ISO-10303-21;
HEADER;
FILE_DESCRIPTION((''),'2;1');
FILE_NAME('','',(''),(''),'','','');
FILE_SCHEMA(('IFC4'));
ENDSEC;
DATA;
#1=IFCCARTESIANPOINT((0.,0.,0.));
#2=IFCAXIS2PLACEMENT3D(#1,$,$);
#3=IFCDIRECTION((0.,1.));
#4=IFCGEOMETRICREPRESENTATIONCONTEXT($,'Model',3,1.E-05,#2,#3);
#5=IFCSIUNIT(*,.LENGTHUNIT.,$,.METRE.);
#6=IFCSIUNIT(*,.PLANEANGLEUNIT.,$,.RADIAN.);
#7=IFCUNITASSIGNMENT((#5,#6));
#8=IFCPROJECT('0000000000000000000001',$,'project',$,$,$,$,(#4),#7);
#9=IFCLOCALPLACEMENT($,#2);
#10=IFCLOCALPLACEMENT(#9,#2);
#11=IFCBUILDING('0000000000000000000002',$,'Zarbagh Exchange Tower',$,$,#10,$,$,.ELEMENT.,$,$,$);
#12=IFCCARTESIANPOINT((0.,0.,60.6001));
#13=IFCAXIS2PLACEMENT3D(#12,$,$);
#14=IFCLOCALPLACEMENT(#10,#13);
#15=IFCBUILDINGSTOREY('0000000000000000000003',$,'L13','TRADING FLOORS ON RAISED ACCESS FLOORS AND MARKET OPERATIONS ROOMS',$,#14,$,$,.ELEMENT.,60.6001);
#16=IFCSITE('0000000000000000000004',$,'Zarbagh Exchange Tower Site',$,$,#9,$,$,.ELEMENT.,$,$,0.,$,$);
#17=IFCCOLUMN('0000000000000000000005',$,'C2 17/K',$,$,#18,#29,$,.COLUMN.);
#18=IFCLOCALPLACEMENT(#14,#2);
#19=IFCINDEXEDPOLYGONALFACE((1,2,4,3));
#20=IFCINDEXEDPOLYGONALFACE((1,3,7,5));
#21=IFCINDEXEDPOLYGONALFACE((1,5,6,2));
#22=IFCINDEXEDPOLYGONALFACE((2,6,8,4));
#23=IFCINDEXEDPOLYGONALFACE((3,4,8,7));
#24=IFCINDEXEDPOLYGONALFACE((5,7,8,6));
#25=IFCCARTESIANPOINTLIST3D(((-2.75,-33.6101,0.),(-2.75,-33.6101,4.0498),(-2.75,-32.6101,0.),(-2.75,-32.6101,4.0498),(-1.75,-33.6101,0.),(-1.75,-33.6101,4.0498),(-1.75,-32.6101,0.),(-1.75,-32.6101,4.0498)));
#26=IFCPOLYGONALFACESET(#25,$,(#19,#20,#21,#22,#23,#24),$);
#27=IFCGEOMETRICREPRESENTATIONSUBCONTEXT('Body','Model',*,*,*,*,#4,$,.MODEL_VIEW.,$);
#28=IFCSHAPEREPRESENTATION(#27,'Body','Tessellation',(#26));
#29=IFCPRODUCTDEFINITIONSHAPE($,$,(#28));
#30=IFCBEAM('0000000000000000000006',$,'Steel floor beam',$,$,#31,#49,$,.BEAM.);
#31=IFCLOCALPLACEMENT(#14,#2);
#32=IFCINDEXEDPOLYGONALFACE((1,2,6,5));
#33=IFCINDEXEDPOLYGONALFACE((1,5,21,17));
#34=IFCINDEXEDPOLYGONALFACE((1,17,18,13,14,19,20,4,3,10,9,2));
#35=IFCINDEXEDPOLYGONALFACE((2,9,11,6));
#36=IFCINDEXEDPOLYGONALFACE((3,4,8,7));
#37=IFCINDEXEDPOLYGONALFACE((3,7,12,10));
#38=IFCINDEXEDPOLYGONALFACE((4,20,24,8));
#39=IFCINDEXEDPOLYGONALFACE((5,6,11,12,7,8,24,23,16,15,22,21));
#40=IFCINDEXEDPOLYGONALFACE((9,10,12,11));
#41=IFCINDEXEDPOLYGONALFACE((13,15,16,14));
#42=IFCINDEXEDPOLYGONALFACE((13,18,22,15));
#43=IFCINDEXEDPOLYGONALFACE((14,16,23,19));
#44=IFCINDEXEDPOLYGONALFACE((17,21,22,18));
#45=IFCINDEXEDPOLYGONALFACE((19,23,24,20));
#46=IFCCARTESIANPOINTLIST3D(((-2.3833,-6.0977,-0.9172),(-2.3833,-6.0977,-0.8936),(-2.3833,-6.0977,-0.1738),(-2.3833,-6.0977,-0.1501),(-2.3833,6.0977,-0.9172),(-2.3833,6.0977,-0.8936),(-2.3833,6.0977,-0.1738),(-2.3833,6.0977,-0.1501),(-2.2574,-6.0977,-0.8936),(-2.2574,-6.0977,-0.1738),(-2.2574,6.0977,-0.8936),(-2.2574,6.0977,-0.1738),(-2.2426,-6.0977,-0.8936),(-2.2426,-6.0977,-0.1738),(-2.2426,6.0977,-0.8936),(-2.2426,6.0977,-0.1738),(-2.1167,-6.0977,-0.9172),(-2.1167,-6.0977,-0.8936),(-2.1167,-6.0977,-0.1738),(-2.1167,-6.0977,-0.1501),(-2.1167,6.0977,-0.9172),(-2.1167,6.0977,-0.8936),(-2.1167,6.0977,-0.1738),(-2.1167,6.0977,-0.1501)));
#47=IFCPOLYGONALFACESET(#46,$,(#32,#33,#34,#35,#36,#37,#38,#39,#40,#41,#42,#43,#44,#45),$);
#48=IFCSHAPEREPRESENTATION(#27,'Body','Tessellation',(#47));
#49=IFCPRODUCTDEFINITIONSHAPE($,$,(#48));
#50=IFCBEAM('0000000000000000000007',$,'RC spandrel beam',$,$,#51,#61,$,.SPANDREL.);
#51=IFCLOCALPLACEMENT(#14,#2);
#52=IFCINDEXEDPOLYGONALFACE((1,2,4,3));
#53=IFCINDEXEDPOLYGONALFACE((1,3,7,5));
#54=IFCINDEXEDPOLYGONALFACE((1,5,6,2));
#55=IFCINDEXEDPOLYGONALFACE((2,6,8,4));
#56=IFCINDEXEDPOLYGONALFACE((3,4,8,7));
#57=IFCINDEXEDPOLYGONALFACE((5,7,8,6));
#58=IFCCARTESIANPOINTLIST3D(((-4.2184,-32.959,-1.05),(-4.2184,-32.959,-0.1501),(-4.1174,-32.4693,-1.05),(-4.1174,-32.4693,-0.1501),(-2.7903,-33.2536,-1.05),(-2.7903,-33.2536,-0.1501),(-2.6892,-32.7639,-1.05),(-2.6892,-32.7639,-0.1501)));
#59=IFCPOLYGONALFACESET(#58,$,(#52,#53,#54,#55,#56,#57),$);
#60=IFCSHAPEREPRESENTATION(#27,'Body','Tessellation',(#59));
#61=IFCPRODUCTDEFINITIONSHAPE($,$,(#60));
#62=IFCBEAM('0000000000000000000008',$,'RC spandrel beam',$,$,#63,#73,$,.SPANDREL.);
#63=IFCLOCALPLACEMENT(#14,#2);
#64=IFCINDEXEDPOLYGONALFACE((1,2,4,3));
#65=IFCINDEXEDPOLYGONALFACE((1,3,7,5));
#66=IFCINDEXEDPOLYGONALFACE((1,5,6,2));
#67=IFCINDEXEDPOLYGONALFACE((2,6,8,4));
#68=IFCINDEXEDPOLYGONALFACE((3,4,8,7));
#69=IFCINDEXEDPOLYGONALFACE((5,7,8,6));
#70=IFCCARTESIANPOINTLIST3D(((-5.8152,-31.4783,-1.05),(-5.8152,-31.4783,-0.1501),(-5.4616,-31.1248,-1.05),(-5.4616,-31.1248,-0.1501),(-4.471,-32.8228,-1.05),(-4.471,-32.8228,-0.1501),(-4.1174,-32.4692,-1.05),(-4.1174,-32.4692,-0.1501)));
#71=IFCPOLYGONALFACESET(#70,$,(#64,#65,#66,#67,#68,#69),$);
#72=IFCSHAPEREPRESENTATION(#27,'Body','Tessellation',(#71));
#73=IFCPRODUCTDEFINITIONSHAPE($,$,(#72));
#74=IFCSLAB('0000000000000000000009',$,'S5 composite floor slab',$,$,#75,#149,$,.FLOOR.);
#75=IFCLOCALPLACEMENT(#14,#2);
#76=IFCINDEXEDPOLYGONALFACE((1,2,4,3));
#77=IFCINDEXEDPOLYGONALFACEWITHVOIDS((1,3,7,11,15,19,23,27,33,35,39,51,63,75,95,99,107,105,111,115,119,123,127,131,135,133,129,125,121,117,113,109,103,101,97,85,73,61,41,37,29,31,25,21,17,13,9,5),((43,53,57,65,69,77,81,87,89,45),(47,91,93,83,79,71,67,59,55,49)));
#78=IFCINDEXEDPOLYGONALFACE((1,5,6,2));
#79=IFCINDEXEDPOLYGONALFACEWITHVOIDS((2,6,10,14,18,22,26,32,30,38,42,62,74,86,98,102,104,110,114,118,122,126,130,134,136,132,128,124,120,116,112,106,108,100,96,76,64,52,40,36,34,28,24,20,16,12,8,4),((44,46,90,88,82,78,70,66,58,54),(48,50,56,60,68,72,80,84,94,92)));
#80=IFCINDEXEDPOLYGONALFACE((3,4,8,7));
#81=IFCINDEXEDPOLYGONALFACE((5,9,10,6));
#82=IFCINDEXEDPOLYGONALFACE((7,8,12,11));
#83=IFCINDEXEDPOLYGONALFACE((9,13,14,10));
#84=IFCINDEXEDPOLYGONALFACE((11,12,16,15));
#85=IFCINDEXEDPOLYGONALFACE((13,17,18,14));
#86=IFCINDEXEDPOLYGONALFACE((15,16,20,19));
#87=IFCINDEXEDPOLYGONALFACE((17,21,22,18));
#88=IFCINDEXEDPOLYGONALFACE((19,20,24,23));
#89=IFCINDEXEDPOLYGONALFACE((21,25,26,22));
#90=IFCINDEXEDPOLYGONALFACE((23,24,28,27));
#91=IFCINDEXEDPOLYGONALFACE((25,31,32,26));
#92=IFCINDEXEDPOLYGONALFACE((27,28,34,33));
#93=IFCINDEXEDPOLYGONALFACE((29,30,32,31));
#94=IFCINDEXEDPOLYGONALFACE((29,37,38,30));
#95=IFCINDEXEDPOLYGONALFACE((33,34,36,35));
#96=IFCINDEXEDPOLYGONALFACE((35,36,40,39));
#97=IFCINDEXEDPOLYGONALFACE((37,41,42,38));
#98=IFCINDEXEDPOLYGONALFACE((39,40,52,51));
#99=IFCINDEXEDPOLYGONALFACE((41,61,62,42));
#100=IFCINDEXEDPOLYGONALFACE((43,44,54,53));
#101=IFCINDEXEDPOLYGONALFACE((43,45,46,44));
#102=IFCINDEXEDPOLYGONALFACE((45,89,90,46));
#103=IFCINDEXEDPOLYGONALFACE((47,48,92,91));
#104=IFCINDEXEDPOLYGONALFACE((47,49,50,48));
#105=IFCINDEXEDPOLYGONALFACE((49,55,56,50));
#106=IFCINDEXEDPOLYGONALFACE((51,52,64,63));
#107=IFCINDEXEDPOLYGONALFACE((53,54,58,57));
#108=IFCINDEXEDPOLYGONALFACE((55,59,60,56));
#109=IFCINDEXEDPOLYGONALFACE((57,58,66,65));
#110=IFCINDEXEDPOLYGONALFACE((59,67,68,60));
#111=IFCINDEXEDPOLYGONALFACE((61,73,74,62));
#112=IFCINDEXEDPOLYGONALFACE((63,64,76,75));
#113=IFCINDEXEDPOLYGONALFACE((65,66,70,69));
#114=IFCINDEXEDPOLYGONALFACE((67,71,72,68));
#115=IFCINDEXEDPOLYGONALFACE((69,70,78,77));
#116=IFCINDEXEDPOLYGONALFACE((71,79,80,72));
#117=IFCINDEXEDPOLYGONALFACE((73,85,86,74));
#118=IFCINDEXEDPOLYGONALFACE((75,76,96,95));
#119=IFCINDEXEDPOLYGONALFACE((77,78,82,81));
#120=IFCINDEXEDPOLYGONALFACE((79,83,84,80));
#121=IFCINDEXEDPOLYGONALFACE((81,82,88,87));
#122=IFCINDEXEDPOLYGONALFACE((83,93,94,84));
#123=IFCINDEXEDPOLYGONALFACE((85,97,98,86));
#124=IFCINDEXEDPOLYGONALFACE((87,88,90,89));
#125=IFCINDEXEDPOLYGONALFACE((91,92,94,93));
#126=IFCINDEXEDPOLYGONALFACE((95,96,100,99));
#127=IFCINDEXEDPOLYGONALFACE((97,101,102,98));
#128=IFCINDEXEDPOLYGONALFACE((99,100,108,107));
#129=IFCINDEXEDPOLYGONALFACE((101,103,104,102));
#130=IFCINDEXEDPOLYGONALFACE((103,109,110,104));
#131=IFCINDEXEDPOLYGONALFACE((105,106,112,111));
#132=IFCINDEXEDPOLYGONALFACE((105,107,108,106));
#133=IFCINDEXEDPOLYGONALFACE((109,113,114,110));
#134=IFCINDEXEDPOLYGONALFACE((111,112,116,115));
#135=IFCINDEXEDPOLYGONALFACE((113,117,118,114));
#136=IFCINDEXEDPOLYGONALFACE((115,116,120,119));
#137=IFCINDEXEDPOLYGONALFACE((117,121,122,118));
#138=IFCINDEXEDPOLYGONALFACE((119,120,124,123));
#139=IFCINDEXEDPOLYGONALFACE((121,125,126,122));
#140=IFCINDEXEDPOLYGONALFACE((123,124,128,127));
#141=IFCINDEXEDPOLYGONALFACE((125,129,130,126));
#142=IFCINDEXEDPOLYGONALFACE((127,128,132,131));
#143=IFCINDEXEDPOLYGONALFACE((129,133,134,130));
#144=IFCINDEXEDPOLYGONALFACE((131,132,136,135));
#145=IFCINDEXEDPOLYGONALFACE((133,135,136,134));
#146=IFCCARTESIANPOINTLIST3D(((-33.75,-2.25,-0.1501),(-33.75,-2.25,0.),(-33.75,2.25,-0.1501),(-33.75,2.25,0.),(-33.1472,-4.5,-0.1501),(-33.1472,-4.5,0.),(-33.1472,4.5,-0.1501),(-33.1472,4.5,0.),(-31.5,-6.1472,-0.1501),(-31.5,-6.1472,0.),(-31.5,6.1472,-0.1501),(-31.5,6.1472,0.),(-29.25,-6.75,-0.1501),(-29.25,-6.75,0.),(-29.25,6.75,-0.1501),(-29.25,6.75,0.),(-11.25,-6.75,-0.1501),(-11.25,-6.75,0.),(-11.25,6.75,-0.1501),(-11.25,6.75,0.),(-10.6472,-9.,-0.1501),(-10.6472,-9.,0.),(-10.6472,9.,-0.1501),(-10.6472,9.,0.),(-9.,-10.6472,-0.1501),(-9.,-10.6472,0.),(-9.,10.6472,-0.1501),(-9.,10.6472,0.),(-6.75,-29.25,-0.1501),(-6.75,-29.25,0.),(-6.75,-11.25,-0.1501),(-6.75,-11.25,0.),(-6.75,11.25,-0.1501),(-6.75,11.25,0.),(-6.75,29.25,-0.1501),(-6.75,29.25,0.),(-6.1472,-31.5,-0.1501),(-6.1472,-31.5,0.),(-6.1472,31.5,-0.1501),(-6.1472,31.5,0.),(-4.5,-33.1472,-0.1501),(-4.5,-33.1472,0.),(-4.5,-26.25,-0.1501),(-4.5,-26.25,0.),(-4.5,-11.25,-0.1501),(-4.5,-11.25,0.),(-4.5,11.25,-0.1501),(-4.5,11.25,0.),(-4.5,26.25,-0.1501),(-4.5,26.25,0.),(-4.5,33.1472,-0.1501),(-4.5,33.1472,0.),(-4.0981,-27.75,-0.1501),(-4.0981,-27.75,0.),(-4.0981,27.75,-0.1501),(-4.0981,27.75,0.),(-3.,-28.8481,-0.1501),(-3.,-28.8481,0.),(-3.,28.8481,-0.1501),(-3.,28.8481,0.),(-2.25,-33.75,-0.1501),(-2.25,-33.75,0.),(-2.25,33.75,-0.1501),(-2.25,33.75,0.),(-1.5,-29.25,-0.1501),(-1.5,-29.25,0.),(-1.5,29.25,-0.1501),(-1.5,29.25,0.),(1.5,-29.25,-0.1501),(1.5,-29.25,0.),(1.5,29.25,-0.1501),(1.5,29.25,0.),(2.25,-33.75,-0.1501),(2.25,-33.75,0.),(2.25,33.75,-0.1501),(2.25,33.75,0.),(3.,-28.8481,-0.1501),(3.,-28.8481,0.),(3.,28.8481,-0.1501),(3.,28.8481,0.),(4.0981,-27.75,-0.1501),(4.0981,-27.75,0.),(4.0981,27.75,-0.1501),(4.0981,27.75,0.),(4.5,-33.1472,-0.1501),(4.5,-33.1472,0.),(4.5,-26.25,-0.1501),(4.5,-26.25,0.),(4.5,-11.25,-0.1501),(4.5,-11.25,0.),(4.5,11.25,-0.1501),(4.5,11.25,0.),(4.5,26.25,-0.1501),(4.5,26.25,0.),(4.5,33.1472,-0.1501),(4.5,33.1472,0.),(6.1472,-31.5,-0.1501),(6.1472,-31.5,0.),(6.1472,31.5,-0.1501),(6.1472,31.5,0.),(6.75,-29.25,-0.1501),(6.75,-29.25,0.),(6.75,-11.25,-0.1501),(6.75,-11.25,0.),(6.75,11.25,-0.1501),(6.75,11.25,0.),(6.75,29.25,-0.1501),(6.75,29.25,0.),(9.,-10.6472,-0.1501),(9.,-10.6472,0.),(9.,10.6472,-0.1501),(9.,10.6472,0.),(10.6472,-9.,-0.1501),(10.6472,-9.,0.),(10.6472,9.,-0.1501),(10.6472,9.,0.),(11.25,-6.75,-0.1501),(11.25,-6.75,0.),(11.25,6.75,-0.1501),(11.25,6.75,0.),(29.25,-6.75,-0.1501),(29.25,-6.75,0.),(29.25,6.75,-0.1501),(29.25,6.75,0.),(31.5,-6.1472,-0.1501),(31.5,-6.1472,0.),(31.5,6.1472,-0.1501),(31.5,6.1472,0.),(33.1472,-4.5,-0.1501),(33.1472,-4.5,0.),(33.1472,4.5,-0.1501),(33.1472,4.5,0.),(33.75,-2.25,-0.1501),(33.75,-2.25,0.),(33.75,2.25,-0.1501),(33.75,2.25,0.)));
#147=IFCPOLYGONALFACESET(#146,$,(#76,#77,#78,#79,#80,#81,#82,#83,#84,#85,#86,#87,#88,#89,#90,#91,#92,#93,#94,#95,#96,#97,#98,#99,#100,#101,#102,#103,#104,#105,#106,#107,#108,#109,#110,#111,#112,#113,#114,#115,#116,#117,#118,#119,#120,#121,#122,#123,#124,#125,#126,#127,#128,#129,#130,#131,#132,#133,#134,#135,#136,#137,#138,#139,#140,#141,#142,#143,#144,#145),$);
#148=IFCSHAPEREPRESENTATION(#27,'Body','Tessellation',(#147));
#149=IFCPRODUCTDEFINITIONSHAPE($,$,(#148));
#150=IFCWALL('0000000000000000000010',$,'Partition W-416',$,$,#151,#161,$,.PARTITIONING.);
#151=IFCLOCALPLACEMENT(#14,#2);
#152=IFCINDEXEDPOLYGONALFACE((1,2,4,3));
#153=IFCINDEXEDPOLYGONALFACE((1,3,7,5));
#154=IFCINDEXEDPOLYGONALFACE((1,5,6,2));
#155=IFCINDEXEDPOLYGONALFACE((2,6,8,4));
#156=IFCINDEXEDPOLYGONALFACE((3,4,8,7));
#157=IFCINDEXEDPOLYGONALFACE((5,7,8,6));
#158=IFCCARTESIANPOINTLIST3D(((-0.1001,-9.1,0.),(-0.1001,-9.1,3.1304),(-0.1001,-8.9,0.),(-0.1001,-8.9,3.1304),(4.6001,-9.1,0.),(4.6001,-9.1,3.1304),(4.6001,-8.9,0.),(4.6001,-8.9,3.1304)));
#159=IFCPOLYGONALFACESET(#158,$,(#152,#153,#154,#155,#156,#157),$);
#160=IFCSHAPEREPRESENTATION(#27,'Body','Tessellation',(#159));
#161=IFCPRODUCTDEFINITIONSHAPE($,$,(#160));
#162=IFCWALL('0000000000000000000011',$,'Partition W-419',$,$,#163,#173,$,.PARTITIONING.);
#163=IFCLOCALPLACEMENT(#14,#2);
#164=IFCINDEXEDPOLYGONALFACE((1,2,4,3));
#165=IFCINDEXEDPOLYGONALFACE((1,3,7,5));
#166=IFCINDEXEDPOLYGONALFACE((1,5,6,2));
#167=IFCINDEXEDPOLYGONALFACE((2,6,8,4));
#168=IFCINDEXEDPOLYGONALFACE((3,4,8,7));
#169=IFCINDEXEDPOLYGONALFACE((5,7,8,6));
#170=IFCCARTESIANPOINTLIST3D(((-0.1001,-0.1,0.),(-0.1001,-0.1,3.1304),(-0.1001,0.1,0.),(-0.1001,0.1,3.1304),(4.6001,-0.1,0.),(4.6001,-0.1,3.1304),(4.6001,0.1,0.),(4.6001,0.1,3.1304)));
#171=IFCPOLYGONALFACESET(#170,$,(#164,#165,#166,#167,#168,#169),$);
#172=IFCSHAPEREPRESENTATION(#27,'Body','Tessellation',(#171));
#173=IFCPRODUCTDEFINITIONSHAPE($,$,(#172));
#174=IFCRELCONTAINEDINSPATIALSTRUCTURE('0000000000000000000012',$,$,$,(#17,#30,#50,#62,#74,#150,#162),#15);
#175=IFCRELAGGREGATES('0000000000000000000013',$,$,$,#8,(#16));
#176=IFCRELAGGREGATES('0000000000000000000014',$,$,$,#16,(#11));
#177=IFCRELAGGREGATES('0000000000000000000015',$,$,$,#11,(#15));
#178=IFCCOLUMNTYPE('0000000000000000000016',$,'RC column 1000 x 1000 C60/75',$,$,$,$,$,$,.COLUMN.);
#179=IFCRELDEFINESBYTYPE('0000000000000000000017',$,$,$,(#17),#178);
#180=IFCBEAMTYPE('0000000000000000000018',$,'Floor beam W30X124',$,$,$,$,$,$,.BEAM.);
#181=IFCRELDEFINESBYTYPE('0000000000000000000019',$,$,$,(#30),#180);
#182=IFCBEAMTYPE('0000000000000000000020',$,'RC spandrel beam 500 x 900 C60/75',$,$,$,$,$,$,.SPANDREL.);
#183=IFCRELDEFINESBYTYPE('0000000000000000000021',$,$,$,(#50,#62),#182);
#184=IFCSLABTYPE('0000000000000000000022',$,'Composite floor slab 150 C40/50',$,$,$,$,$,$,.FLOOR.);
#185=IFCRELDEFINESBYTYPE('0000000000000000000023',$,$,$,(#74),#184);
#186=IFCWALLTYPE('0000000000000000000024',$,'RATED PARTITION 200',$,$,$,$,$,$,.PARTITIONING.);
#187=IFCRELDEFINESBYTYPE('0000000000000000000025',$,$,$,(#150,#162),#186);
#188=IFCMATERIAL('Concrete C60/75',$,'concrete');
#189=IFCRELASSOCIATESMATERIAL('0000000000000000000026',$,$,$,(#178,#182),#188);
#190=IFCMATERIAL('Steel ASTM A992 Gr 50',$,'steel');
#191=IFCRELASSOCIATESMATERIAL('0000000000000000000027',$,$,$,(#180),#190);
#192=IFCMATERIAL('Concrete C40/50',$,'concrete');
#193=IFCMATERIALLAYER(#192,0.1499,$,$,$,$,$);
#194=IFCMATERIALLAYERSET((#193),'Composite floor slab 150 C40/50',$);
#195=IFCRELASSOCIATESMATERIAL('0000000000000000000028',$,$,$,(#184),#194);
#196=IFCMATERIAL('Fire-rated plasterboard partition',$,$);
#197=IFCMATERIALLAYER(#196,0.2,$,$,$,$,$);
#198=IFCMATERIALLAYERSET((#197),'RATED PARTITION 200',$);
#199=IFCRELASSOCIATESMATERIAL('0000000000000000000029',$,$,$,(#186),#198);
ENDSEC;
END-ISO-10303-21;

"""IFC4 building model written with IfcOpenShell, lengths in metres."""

from ifc_helpers import new_model, si_unit, direction, frame, frame_2d, origin, origin_2d, place, context, subcontext, project, spatial, polyline, rectangle, i_section, outline, extrude, material, layer, layer_set, material_profile, profile_set, type_object, element, save


model = new_model("IFC4")

# Units and contexts
model_context = context("Model", 3, precision=1e-05, world=origin(), true_north=direction((0.0, 1.0)))
body_context = subcontext(model_context, "Body", "Model", "MODEL_VIEW")
ifc_project = project(units=[si_unit("LENGTHUNIT", "METRE"), si_unit("PLANEANGLEUNIT", "RADIAN")], contexts=[model_context])

# Site, building, storey
site_placement = place(None, origin())
site = spatial("IfcSite", under=ifc_project, at=site_placement, Name="Zarbagh Exchange Tower Site", CompositionType="ELEMENT", RefElevation=0.0)
building_placement = place(site_placement, origin())
building = spatial("IfcBuilding", under=site, at=building_placement, Name="Zarbagh Exchange Tower", CompositionType="ELEMENT")
storey_placement = place(building_placement, frame((0.0, 0.0, 60.6001)))
storey = spatial("IfcBuildingStorey", under=building, at=storey_placement, Name="L13", Description="TRADING FLOORS ON RAISED ACCESS FLOORS AND MARKET OPERATIONS ROOMS", CompositionType="ELEMENT", Elevation=60.6001)

# Column
ifc_material_1 = material(Name="Concrete C60/75", Category="concrete")
ifc_material_profile_1 = material_profile(ifc_material_1, rectangle(XDim=1.0, YDim=1.0, at=origin_2d()), Name="RC column 1000 x 1000 C60/75")
ifc_profile_set_1 = profile_set([ifc_material_profile_1], Name="Concrete C60/75")
column_type = type_object("IfcColumnType", Name="RC column 1000 x 1000 C60/75", PredefinedType="COLUMN", material=ifc_profile_set_1)
column_placement = place(storey_placement, frame((-2.25, -33.1101, 0.0), z_axis=(0.0, 0.0, 1.0), x_axis=(1.0, 0.0, 0.0)))
element("IfcColumn", 1, at=column_placement, inside=storey, type_object=column_type, Name="C2 17/K", PredefinedType="COLUMN", context=body_context, shape_type="SweptSolid", body=[
    extrude(rectangle(XDim=1.0, YDim=1.0, at=origin_2d()), origin(), (0.0, 0.0, 1.0), 4.0498),
])

# Beams
ifc_material_2 = material(Name="Steel ASTM A992 Gr 50", Category="steel")
ifc_material_profile_2 = material_profile(ifc_material_2, i_section(OverallWidth=0.2666, OverallDepth=0.7671, WebThickness=0.0149, FlangeThickness=0.0237, at=origin_2d()), Name="W30X124")
ifc_profile_set_2 = profile_set([ifc_material_profile_2], Name="Steel ASTM A992 Gr 50")
beam_type_1 = type_object("IfcBeamType", Name="Floor beam W30X124", PredefinedType="BEAM", material=ifc_profile_set_2)
beam_1_placement = place(storey_placement, frame((-2.25, -6.0977, -0.5337), z_axis=(0.0, 1.0, 0.0), x_axis=(-1.0, 0.0, 0.0)))
element("IfcBeam", 2, at=beam_1_placement, inside=storey, type_object=beam_type_1, Name="Steel floor beam", PredefinedType="BEAM", context=body_context, shape_type="SweptSolid", body=[
    extrude(i_section(OverallWidth=0.2666, OverallDepth=0.7671, WebThickness=0.0149, FlangeThickness=0.0237, at=origin_2d()), origin(), (0.0, 0.0, 1.0), 12.1953),
])
ifc_material_profile_3 = material_profile(ifc_material_1, rectangle(XDim=0.5, YDim=0.8999, at=origin_2d()), Name="RC spandrel beam 500 x 900 C60/75")
ifc_profile_set_3 = profile_set([ifc_material_profile_3], Name="Concrete C60/75")
beam_type_2 = type_object("IfcBeamType", Name="RC spandrel beam 500 x 900 C60/75", PredefinedType="SPANDREL", material=ifc_profile_set_3)
beam_2_placement = place(storey_placement, frame((-2.7397, -33.0088, -0.6001), z_axis=(-0.979371, 0.202069, 0.0), x_axis=(-0.202069, -0.979371, 0.0)))
element("IfcBeam", 3, at=beam_2_placement, inside=storey, type_object=beam_type_2, Name="RC spandrel beam", PredefinedType="SPANDREL", context=body_context, shape_type="SweptSolid", body=[
    extrude(rectangle(XDim=0.5, YDim=0.8999, at=origin_2d()), origin(), (0.0, 0.0, 1.0), 1.4583),
])
beam_3_placement = place(storey_placement, frame((-4.2942, -32.646, -0.6001), z_axis=(-0.707043, 0.707171, 0.0), x_axis=(-0.707171, -0.707043, 0.0)))
element("IfcBeam", 4, at=beam_3_placement, inside=storey, type_object=beam_type_2, Name="RC spandrel beam", PredefinedType="SPANDREL", context=body_context, shape_type="SweptSolid", body=[
    extrude(rectangle(XDim=0.5, YDim=0.8999, at=origin_2d()), origin(), (0.0, 0.0, 1.0), 1.9011),
])

# Slab
ifc_material_3 = material(Name="Concrete C40/50", Category="concrete")
ifc_layer_1 = layer(ifc_material_3, 0.1499)
ifc_layer_set_1 = layer_set([ifc_layer_1], Name="Composite floor slab 150 C40/50")
slab_type = type_object("IfcSlabType", Name="Composite floor slab 150 C40/50", PredefinedType="FLOOR", material=ifc_layer_set_1)
slab_placement = place(storey_placement, frame((0.0, 0.0, -0.1501)))
element("IfcSlab", 5, at=slab_placement, inside=storey, type_object=slab_type, Name="S5 composite floor slab", PredefinedType="FLOOR", context=body_context, shape_type="SweptSolid", body=[
    extrude(outline(polyline([(-2.25, -33.75), (-4.5, -33.1472), (-6.1472, -31.5), (-6.75, -29.25), (-6.75, -11.25), (-9.0, -10.6472), (-10.6472, -9.0), (-11.25, -6.75), (-29.25, -6.75), (-31.5, -6.1472), (-33.1472, -4.5), (-33.75, -2.25), (-33.75, 2.25), (-33.1472, 4.5), (-31.5, 6.1472), (-29.25, 6.75), (-11.25, 6.75), (-10.6472, 9.0), (-9.0, 10.6472), (-6.75, 11.25), (-6.75, 29.25), (-6.1472, 31.5), (-4.5, 33.1472), (-2.25, 33.75), (2.25, 33.75), (4.5, 33.1472), (6.1472, 31.5), (6.75, 29.25), (6.75, 11.25), (9.0, 10.6472), (10.6472, 9.0), (11.25, 6.75), (29.25, 6.75), (31.5, 6.1472), (33.1472, 4.5), (33.75, 2.25), (33.75, -2.25), (33.1472, -4.5), (31.5, -6.1472), (29.25, -6.75), (11.25, -6.75), (10.6472, -9.0), (9.0, -10.6472), (6.75, -11.25), (6.75, -29.25), (6.1472, -31.5), (4.5, -33.1472), (2.25, -33.75), (-2.25, -33.75)]), holes=[polyline([(4.5, 11.25), (4.5, 26.25), (4.0981, 27.75), (3.0, 28.8481), (1.5, 29.25), (-1.5, 29.25), (-3.0, 28.8481), (-4.0981, 27.75), (-4.5, 26.25), (-4.5, 11.25), (4.5, 11.25)]), polyline([(-1.5, -29.25), (1.5, -29.25), (3.0, -28.8481), (4.0981, -27.75), (4.5, -26.25), (4.5, -11.25), (-4.5, -11.25), (-4.5, -26.25), (-4.0981, -27.75), (-3.0, -28.8481), (-1.5, -29.25)])]), origin(), (0.0, 0.0, 1.0), 0.1501),
])

# Walls
ifc_material_4 = material(Name="Fire-rated plasterboard partition")
ifc_layer_2 = layer(ifc_material_4, 0.2)
ifc_layer_set_2 = layer_set([ifc_layer_2], Name="RATED PARTITION 200")
wall_type_1 = type_object("IfcWallType", Name="RATED PARTITION 200", PredefinedType="PARTITIONING", material=ifc_layer_set_2)
for number, where, z_axis, x_axis, name in (
    (6, (-0.1001, -9.0, 0.0), (0.0, 0.0, 1.0), (1.0, 0.0, 0.0), "Partition W-416"),
    (7, (-0.1001, 0.0, 0.0), (0.0, 0.0, 1.0), (1.0, 0.0, 0.0), "Partition W-419"),
):
    element("IfcWall", number, at=place(storey_placement, frame(where, z_axis=z_axis, x_axis=x_axis)), inside=storey, type_object=wall_type_1, Name=name, PredefinedType="PARTITIONING", context=body_context, shape_type="SweptSolid", body=[
        extrude(rectangle(XDim=4.7002, YDim=0.2, at=frame_2d((2.3501, 0.0))), origin(), (0.0, 0.0, 1.0), 3.1304),
    ])

save(model, "model.ifc")
